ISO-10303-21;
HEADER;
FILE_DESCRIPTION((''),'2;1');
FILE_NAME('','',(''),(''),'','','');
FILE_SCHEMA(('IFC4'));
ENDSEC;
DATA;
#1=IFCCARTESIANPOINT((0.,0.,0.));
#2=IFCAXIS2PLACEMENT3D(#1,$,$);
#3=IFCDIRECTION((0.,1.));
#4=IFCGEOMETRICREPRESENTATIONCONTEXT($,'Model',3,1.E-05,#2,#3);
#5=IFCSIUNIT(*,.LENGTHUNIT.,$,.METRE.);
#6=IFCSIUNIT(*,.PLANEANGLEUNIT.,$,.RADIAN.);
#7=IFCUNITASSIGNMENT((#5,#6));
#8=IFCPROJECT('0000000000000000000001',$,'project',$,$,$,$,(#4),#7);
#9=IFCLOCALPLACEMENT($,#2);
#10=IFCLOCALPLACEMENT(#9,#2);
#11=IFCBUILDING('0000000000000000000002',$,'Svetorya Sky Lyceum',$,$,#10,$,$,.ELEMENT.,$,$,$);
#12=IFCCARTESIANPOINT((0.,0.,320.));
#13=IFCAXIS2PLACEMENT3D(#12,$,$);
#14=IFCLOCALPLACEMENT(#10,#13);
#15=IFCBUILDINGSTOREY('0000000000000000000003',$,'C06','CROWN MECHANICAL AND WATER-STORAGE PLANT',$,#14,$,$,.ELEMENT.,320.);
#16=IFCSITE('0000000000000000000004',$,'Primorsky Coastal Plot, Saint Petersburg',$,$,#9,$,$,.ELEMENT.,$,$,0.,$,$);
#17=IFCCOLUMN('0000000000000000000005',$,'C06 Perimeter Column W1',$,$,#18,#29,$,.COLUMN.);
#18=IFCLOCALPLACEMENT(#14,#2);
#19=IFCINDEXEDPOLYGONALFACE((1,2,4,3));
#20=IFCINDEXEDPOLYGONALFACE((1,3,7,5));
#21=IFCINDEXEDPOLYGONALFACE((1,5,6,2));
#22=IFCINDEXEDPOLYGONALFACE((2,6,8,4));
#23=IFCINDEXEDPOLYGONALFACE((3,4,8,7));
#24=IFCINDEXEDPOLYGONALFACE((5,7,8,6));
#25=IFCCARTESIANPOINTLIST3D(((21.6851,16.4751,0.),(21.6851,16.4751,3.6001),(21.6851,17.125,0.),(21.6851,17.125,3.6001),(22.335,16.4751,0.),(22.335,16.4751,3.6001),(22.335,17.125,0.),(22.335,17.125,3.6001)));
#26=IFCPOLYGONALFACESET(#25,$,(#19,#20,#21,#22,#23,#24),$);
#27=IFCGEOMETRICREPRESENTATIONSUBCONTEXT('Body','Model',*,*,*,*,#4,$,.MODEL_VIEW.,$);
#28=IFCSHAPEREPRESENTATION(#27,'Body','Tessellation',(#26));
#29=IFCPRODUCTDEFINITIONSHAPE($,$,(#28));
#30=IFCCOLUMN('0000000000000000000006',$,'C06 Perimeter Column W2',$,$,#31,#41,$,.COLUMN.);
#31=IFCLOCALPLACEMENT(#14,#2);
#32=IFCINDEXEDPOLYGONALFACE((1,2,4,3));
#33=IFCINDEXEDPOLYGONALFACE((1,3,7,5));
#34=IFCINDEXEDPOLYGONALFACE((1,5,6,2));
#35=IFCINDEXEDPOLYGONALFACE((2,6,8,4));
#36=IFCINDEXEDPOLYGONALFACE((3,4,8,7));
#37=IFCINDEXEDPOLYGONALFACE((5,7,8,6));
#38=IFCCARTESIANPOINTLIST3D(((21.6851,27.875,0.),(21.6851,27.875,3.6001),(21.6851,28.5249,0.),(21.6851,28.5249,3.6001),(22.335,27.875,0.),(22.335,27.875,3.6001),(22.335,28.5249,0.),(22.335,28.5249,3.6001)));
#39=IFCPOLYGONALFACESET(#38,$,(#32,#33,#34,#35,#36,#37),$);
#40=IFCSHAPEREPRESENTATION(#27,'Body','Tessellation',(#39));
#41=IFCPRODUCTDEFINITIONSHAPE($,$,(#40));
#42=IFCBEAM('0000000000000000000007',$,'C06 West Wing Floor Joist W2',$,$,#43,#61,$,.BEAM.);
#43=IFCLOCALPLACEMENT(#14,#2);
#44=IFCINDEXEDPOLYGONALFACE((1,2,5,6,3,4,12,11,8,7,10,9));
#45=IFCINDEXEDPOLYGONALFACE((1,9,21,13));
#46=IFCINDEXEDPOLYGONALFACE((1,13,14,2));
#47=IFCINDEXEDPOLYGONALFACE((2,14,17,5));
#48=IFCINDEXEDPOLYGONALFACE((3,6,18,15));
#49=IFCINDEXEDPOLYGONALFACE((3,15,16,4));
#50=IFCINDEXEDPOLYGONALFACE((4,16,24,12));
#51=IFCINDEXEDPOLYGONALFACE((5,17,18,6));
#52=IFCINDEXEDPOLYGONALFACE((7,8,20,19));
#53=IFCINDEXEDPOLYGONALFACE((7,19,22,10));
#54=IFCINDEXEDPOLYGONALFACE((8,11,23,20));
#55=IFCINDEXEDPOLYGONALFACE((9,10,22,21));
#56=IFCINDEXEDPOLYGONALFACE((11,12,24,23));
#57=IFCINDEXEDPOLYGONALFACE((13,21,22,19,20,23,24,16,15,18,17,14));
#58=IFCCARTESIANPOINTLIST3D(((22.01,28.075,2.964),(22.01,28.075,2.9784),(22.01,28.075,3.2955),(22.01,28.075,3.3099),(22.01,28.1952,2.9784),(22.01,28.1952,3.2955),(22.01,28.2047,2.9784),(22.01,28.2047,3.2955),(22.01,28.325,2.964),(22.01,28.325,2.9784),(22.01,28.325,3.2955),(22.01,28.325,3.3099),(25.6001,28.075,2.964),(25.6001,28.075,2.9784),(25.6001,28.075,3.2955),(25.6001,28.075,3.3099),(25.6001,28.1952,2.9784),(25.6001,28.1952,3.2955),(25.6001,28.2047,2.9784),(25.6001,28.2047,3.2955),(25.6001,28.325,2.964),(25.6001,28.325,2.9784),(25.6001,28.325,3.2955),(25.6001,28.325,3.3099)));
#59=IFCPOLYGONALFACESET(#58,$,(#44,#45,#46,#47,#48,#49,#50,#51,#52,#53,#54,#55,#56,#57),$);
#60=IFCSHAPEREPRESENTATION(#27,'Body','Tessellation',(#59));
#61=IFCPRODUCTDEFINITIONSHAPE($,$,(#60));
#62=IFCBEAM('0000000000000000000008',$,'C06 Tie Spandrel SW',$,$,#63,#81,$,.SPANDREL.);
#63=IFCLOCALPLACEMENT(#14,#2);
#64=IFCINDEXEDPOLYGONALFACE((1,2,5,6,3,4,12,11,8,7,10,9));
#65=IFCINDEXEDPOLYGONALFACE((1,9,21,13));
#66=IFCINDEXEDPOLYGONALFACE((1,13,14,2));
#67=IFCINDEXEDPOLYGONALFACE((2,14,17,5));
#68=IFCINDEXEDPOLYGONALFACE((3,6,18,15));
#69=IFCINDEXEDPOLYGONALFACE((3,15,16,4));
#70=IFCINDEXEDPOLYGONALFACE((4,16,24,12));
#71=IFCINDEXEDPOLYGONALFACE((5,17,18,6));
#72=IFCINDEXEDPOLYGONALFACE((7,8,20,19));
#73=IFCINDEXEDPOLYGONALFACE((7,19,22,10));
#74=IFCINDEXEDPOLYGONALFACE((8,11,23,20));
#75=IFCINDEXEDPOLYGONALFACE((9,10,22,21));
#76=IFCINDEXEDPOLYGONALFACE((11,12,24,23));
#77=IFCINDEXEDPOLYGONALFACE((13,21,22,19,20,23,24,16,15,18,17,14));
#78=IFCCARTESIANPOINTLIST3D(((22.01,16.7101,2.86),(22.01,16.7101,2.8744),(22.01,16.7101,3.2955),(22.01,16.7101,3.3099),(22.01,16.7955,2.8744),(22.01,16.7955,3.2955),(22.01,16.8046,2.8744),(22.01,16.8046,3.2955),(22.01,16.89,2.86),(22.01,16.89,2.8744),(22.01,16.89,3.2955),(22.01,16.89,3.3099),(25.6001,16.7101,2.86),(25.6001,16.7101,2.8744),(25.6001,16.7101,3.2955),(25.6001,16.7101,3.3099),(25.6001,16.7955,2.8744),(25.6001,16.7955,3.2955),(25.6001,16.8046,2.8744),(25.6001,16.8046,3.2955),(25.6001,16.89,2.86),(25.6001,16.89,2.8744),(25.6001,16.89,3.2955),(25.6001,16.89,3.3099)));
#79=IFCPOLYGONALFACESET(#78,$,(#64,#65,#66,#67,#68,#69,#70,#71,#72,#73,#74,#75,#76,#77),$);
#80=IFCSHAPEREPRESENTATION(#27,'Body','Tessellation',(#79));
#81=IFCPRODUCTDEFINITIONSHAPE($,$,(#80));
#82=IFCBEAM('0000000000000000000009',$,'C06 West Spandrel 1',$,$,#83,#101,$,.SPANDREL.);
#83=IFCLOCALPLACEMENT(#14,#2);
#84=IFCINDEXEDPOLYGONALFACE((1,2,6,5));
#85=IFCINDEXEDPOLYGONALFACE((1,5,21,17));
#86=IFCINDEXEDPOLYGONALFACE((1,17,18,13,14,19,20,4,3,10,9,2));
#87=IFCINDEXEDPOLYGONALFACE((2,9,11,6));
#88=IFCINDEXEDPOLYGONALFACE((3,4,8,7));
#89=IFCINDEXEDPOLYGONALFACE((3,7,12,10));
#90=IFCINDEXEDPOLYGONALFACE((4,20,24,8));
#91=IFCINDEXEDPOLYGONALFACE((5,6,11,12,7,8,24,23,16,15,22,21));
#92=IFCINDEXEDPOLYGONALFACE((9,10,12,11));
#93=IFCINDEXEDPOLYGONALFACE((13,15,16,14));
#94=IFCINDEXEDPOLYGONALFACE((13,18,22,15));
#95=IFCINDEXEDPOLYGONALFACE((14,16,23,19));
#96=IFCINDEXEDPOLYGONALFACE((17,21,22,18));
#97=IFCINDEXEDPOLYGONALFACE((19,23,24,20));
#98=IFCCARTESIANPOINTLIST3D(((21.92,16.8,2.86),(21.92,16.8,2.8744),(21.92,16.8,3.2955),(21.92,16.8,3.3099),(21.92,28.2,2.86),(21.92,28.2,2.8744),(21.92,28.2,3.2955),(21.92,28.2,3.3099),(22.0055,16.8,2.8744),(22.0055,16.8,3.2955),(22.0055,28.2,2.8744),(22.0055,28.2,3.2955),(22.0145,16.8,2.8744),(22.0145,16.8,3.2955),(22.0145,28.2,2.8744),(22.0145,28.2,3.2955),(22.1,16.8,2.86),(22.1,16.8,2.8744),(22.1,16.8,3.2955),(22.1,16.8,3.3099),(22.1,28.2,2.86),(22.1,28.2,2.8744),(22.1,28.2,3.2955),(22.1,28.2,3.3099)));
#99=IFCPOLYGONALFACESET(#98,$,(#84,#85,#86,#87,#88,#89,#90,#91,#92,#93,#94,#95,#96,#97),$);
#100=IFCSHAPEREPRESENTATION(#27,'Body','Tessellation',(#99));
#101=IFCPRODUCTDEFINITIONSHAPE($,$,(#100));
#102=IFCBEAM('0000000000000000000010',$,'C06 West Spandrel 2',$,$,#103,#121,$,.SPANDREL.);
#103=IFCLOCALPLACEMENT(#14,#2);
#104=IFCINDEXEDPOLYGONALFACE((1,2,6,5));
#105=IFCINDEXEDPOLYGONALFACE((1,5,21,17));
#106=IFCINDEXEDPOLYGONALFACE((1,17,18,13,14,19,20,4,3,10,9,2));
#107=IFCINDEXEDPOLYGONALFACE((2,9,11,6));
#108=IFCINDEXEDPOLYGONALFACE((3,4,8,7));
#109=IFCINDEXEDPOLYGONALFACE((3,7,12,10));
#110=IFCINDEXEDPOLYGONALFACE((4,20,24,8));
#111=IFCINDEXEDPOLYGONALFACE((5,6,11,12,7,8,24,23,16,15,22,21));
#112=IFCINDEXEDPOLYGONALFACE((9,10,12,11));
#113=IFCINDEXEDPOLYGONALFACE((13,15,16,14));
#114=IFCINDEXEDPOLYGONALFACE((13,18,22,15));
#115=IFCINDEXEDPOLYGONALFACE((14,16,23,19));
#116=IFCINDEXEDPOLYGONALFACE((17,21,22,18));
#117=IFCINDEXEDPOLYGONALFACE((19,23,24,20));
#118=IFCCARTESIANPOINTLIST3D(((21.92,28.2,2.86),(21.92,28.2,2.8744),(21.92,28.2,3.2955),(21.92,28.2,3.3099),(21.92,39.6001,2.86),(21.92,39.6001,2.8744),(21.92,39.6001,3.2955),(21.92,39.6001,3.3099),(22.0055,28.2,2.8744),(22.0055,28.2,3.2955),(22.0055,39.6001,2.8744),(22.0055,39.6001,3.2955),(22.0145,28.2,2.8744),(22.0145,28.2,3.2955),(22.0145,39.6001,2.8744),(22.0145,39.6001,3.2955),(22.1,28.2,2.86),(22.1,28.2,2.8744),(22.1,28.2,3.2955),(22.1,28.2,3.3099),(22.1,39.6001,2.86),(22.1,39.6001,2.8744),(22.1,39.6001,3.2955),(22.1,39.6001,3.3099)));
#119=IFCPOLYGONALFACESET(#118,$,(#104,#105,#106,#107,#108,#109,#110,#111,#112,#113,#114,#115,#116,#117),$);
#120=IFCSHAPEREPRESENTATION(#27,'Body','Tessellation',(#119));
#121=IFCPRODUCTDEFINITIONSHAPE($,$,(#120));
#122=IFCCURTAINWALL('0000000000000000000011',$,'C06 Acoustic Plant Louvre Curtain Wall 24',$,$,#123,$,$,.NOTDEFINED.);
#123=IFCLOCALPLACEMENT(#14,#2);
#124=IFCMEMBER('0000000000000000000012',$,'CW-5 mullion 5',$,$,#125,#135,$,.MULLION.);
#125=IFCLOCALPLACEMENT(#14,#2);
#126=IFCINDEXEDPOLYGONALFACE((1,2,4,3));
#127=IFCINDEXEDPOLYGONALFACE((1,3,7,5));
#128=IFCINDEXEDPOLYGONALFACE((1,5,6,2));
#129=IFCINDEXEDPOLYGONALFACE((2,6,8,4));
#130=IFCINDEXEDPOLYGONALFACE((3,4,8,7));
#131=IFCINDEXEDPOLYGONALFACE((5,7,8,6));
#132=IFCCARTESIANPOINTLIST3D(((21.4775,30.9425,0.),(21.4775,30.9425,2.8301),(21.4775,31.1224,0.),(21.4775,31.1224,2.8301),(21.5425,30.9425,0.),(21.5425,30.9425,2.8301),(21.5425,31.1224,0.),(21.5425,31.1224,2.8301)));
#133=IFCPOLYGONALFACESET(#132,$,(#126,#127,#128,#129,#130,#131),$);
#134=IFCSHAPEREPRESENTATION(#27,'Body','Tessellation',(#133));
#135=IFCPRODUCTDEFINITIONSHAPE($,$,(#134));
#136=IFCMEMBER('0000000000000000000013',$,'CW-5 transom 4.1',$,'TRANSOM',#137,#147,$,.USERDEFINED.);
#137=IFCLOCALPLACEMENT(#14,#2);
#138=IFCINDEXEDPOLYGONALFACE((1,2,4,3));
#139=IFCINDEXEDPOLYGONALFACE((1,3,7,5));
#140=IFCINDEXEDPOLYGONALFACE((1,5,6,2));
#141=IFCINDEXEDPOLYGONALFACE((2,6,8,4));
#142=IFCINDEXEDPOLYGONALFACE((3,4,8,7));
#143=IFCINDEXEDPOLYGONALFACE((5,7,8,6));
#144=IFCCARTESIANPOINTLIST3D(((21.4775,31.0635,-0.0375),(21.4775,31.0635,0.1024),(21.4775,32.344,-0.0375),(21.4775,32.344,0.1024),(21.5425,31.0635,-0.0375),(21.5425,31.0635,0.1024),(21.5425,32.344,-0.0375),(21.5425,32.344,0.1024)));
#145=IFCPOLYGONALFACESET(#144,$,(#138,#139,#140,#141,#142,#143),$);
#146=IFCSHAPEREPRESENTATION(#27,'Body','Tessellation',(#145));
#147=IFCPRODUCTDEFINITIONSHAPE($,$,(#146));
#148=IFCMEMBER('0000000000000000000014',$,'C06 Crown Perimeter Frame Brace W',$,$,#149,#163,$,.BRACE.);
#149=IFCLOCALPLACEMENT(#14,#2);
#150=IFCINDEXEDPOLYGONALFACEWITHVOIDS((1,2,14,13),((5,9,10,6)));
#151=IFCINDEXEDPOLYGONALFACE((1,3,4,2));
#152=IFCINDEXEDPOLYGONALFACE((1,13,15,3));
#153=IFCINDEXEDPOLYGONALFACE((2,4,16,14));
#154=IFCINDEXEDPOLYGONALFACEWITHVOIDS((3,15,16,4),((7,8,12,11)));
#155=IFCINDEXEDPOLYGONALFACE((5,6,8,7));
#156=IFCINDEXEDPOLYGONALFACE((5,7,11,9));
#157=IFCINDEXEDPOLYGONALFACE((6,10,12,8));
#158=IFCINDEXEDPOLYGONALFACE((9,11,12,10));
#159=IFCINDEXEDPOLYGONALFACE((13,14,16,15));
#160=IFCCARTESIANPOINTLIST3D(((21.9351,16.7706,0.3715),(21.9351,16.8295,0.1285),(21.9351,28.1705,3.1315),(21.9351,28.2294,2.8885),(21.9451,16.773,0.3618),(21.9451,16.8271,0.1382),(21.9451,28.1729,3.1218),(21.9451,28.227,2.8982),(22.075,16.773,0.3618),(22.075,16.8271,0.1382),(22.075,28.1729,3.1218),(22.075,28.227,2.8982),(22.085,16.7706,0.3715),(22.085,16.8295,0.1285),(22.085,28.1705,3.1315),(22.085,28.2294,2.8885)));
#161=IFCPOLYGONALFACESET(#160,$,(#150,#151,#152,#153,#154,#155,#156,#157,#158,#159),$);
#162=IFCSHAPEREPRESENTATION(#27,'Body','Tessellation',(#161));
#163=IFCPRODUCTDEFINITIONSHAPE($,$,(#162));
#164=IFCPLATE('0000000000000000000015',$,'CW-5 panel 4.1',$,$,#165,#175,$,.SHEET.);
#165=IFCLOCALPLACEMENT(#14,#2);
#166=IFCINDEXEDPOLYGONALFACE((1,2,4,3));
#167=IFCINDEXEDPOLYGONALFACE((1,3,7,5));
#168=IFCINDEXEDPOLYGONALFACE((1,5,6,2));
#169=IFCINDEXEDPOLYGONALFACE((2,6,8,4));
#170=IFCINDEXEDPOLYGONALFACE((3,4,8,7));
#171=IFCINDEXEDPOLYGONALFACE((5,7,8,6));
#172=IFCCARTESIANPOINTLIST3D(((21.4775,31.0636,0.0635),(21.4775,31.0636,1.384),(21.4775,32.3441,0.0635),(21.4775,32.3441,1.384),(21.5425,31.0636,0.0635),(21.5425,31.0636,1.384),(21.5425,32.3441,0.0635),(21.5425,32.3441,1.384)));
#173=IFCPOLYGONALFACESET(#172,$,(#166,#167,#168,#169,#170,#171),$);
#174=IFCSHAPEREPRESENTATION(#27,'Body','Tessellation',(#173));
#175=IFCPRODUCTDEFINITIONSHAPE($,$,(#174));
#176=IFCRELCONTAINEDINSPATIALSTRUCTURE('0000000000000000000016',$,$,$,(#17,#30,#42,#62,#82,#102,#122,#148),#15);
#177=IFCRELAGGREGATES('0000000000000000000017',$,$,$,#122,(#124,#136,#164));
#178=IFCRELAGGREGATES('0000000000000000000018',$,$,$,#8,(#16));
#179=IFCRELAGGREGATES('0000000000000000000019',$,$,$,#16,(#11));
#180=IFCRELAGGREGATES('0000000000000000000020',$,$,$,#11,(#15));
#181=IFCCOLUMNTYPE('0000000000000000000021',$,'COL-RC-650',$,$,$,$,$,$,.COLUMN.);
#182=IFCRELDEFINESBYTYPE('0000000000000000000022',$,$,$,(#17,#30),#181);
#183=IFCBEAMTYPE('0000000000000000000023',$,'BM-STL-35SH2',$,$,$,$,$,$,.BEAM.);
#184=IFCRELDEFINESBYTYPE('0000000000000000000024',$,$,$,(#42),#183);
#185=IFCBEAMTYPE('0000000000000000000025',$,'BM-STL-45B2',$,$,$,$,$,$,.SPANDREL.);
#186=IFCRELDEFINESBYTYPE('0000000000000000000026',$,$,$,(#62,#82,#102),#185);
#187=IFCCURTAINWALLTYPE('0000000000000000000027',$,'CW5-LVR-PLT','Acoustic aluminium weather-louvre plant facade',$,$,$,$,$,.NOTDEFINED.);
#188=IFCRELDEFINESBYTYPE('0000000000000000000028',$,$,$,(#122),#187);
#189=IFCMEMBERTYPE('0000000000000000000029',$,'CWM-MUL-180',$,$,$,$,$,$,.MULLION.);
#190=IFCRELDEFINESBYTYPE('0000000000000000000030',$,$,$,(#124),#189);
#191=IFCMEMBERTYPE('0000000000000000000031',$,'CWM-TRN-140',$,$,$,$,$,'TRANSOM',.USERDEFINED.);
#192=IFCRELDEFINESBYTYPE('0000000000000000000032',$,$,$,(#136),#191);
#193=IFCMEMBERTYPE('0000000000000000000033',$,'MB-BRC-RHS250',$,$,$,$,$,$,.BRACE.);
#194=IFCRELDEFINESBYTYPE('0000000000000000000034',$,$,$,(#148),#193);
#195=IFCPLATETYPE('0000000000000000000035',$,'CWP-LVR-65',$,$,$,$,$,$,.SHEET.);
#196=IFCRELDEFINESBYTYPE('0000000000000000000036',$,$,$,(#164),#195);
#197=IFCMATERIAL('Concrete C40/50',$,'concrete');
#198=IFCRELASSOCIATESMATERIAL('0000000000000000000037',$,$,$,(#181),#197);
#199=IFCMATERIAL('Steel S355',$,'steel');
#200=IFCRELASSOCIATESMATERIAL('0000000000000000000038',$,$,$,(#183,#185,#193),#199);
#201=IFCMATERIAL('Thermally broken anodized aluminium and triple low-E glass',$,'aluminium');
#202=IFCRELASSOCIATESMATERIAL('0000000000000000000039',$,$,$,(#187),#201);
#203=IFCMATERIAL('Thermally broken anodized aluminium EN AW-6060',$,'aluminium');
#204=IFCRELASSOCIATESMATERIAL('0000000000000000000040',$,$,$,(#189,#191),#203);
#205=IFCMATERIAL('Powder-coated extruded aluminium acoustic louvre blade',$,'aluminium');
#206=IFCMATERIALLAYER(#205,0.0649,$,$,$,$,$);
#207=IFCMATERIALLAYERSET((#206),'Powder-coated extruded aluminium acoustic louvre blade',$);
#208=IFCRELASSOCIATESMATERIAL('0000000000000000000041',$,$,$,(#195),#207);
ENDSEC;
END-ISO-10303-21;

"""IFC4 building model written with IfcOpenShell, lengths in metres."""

from ifc_helpers import new_model, si_unit, direction, frame, origin, origin_2d, place, context, subcontext, project, spatial, rectangle, hollow_rectangle, i_section, extrude, material, layer, layer_set, material_profile, profile_set, type_object, element, aggregate, save


model = new_model("IFC4")

# Units and contexts
model_context = context("Model", 3, precision=1e-05, world=origin(), true_north=direction((0.0, 1.0)))
body_context = subcontext(model_context, "Body", "Model", "MODEL_VIEW")
ifc_project = project(units=[si_unit("LENGTHUNIT", "METRE"), si_unit("PLANEANGLEUNIT", "RADIAN")], contexts=[model_context])

# Site, building, storey
site_placement = place(None, origin())
site = spatial("IfcSite", under=ifc_project, at=site_placement, Name="Primorsky Coastal Plot, Saint Petersburg", CompositionType="ELEMENT", RefElevation=0.0)
building_placement = place(site_placement, origin())
building = spatial("IfcBuilding", under=site, at=building_placement, Name="Svetorya Sky Lyceum", CompositionType="ELEMENT")
storey_placement = place(building_placement, frame((0.0, 0.0, 320.0)))
storey = spatial("IfcBuildingStorey", under=building, at=storey_placement, Name="C06", Description="CROWN MECHANICAL AND WATER-STORAGE PLANT", CompositionType="ELEMENT", Elevation=320.0)

# Columns
ifc_material_1 = material(Name="Concrete C40/50", Category="concrete")
ifc_material_profile_1 = material_profile(ifc_material_1, rectangle(XDim=0.6499, YDim=0.6499, at=origin_2d()), Name="RC COL 650x650")
ifc_profile_set_1 = profile_set([ifc_material_profile_1], Name="Concrete C40/50")
column_type = type_object("IfcColumnType", Name="COL-RC-650", PredefinedType="COLUMN", material=ifc_profile_set_1)
for number, where, z_axis, x_axis, name in (
    (1, (22.01, 16.8, 0.0), (0.0, 0.0, 1.0), (1.0, 0.0, 0.0), "C06 Perimeter Column W1"),
    (2, (22.01, 28.2, 0.0), (0.0, 0.0, 1.0), (1.0, 0.0, 0.0), "C06 Perimeter Column W2"),
):
    element("IfcColumn", number, at=place(storey_placement, frame(where, z_axis=z_axis, x_axis=x_axis)), inside=storey, type_object=column_type, Name=name, PredefinedType="COLUMN", context=body_context, shape_type="SweptSolid", body=[
        extrude(rectangle(XDim=0.6499, YDim=0.6499, at=origin_2d()), origin(), (0.0, 0.0, 1.0), 3.6001),
    ])

# Beams
ifc_material_2 = material(Name="Steel S355", Category="steel")
ifc_material_profile_2 = material_profile(ifc_material_2, i_section(OverallWidth=0.25, OverallDepth=0.3459, WebThickness=0.0095, FlangeThickness=0.0144, at=origin_2d()), Name="GOST 35Sh2")
ifc_profile_set_2 = profile_set([ifc_material_profile_2], Name="Steel S355")
beam_type_1 = type_object("IfcBeamType", Name="BM-STL-35SH2", PredefinedType="BEAM", material=ifc_profile_set_2)
beam_1_placement = place(storey_placement, frame((22.01, 28.2, 3.137), z_axis=(1.0, 0.0, 0.0), x_axis=(0.0, 1.0, 0.0)))
element("IfcBeam", 3, at=beam_1_placement, inside=storey, type_object=beam_type_1, Name="C06 West Wing Floor Joist W2", PredefinedType="BEAM", context=body_context, shape_type="SweptSolid", body=[
    extrude(i_section(OverallWidth=0.25, OverallDepth=0.3459, WebThickness=0.0095, FlangeThickness=0.0144, at=origin_2d()), origin(), (0.0, 0.0, 1.0), 3.5901),
])
ifc_material_profile_3 = material_profile(ifc_material_2, i_section(OverallWidth=0.1799, OverallDepth=0.45, WebThickness=0.009, FlangeThickness=0.0144, at=origin_2d()), Name="GOST 45B2")
ifc_profile_set_3 = profile_set([ifc_material_profile_3], Name="Steel S355")
beam_type_2 = type_object("IfcBeamType", Name="BM-STL-45B2", PredefinedType="SPANDREL", material=ifc_profile_set_3)
beam_2_placement = place(storey_placement, frame((22.01, 16.8, 3.085), z_axis=(1.0, 0.0, 0.0), x_axis=(0.0, 1.0, 0.0)))
element("IfcBeam", 4, at=beam_2_placement, inside=storey, type_object=beam_type_2, Name="C06 Tie Spandrel SW", PredefinedType="SPANDREL", context=body_context, shape_type="SweptSolid", body=[
    extrude(i_section(OverallWidth=0.1799, OverallDepth=0.45, WebThickness=0.009, FlangeThickness=0.0144, at=origin_2d()), origin(), (0.0, 0.0, 1.0), 3.5901),
])
beam_3_placement = place(storey_placement, frame((22.01, 16.8, 3.085), z_axis=(0.0, 1.0, 0.0), x_axis=(-1.0, 0.0, 0.0)))
element("IfcBeam", 5, at=beam_3_placement, inside=storey, type_object=beam_type_2, Name="C06 West Spandrel 1", PredefinedType="SPANDREL", context=body_context, shape_type="SweptSolid", body=[
    extrude(i_section(OverallWidth=0.1799, OverallDepth=0.45, WebThickness=0.009, FlangeThickness=0.0144, at=origin_2d()), origin(), (0.0, 0.0, 1.0), 11.3999),
])
beam_4_placement = place(storey_placement, frame((22.01, 28.2, 3.085), z_axis=(0.0, 1.0, 0.0), x_axis=(-1.0, 0.0, 0.0)))
element("IfcBeam", 6, at=beam_4_placement, inside=storey, type_object=beam_type_2, Name="C06 West Spandrel 2", PredefinedType="SPANDREL", context=body_context, shape_type="SweptSolid", body=[
    extrude(i_section(OverallWidth=0.1799, OverallDepth=0.45, WebThickness=0.009, FlangeThickness=0.0144, at=origin_2d()), origin(), (0.0, 0.0, 1.0), 11.4001),
])

# Curtain wall, members
ifc_material_3 = material(Name="Thermally broken anodized aluminium and triple low-E glass", Category="aluminium")
curtain_wall_type = type_object("IfcCurtainWallType", Name="CW5-LVR-PLT", Description="Acoustic aluminium weather-louvre plant facade", PredefinedType="NOTDEFINED", material=ifc_material_3)
curtain_wall_placement = place(storey_placement, origin())
curtain_wall = element("IfcCurtainWall", 7, at=curtain_wall_placement, inside=storey, type_object=curtain_wall_type, Name="C06 Acoustic Plant Louvre Curtain Wall 24", PredefinedType="NOTDEFINED")
ifc_material_4 = material(Name="Thermally broken anodized aluminium EN AW-6060", Category="aluminium")
ifc_material_profile_4 = material_profile(ifc_material_4, rectangle(XDim=0.0649, YDim=0.1799, at=origin_2d()), Name="ALU MULLION 65x180")
ifc_profile_set_4 = profile_set([ifc_material_profile_4], Name="Thermally broken anodized aluminium EN AW-6060")
member_type_1 = type_object("IfcMemberType", Name="CWM-MUL-180", PredefinedType="MULLION", material=ifc_profile_set_4)
member_1_placement = place(storey_placement, frame((21.51, 31.0325, 0.0), z_axis=(0.0, 0.0, 1.0), x_axis=(1.0, 0.0, 0.0)))
member_1 = element("IfcMember", 8, at=member_1_placement, type_object=member_type_1, Name="CW-5 mullion 5", PredefinedType="MULLION", context=body_context, shape_type="SweptSolid", body=[
    extrude(rectangle(XDim=0.0649, YDim=0.1799, at=origin_2d()), origin(), (0.0, 0.0, 1.0), 2.8301),
])
ifc_material_profile_5 = material_profile(ifc_material_4, rectangle(XDim=0.0649, YDim=0.1399, at=origin_2d()), Name="ALU TRANSOM 65x140")
ifc_profile_set_5 = profile_set([ifc_material_profile_5], Name="Thermally broken anodized aluminium EN AW-6060")
member_type_2 = type_object("IfcMemberType", Name="CWM-TRN-140", ElementType="TRANSOM", PredefinedType="USERDEFINED", material=ifc_profile_set_5)
member_2_placement = place(storey_placement, frame((21.51, 32.344, 0.0325), z_axis=(0.0, -1.0, 0.0), x_axis=(1.0, 0.0, 0.0)))
member_2 = element("IfcMember", 9, at=member_2_placement, type_object=member_type_2, Name="CW-5 transom 4.1", ObjectType="TRANSOM", PredefinedType="USERDEFINED", context=body_context, shape_type="SweptSolid", body=[
    extrude(rectangle(XDim=0.0649, YDim=0.1399, at=origin_2d()), origin(), (0.0, 0.0, 1.0), 1.2805),
])

# Member
ifc_material_profile_6 = material_profile(ifc_material_2, hollow_rectangle(XDim=0.1499, YDim=0.25, WallThickness=0.01, at=origin_2d()), Name="RHS 250x150x10")
ifc_profile_set_6 = profile_set([ifc_material_profile_6], Name="Steel S355")
member_type_3 = type_object("IfcMemberType", Name="MB-BRC-RHS250", PredefinedType="BRACE", material=ifc_profile_set_6)
member_3_placement = place(storey_placement, frame((22.01, 16.8, 0.25), z_axis=(0.0, 0.97192, 0.23531), x_axis=(-1.0, 0.0, 0.0)))
element("IfcMember", 10, at=member_3_placement, inside=storey, type_object=member_type_3, Name="C06 Crown Perimeter Frame Brace W", PredefinedType="BRACE", context=body_context, shape_type="SweptSolid", body=[
    extrude(hollow_rectangle(XDim=0.1499, YDim=0.25, WallThickness=0.01, at=origin_2d()), origin(), (0.0, 0.0, 1.0), 11.7292),
])

# Plate
ifc_material_5 = material(Name="Powder-coated extruded aluminium acoustic louvre blade", Category="aluminium")
ifc_layer_1 = layer(ifc_material_5, 0.0649)
ifc_layer_set_1 = layer_set([ifc_layer_1], Name="Powder-coated extruded aluminium acoustic louvre blade")
plate_type = type_object("IfcPlateType", Name="CWP-LVR-65", PredefinedType="SHEET", material=ifc_layer_set_1)
plate_1_placement = place(storey_placement, frame((21.51, 31.7039, 0.0635), z_axis=(0.0, 0.0, 1.0), x_axis=(0.0, -1.0, 0.0)))
plate_1 = element("IfcPlate", 11, at=plate_1_placement, type_object=plate_type, Name="CW-5 panel 4.1", PredefinedType="SHEET", context=body_context, shape_type="SweptSolid", body=[
    extrude(rectangle(XDim=1.2805, YDim=0.0649, at=origin_2d()), origin(), (0.0, 0.0, 1.0), 1.3206),
])
aggregate(curtain_wall, [member_1, member_2, plate_1])

save(model, "model.ifc")
